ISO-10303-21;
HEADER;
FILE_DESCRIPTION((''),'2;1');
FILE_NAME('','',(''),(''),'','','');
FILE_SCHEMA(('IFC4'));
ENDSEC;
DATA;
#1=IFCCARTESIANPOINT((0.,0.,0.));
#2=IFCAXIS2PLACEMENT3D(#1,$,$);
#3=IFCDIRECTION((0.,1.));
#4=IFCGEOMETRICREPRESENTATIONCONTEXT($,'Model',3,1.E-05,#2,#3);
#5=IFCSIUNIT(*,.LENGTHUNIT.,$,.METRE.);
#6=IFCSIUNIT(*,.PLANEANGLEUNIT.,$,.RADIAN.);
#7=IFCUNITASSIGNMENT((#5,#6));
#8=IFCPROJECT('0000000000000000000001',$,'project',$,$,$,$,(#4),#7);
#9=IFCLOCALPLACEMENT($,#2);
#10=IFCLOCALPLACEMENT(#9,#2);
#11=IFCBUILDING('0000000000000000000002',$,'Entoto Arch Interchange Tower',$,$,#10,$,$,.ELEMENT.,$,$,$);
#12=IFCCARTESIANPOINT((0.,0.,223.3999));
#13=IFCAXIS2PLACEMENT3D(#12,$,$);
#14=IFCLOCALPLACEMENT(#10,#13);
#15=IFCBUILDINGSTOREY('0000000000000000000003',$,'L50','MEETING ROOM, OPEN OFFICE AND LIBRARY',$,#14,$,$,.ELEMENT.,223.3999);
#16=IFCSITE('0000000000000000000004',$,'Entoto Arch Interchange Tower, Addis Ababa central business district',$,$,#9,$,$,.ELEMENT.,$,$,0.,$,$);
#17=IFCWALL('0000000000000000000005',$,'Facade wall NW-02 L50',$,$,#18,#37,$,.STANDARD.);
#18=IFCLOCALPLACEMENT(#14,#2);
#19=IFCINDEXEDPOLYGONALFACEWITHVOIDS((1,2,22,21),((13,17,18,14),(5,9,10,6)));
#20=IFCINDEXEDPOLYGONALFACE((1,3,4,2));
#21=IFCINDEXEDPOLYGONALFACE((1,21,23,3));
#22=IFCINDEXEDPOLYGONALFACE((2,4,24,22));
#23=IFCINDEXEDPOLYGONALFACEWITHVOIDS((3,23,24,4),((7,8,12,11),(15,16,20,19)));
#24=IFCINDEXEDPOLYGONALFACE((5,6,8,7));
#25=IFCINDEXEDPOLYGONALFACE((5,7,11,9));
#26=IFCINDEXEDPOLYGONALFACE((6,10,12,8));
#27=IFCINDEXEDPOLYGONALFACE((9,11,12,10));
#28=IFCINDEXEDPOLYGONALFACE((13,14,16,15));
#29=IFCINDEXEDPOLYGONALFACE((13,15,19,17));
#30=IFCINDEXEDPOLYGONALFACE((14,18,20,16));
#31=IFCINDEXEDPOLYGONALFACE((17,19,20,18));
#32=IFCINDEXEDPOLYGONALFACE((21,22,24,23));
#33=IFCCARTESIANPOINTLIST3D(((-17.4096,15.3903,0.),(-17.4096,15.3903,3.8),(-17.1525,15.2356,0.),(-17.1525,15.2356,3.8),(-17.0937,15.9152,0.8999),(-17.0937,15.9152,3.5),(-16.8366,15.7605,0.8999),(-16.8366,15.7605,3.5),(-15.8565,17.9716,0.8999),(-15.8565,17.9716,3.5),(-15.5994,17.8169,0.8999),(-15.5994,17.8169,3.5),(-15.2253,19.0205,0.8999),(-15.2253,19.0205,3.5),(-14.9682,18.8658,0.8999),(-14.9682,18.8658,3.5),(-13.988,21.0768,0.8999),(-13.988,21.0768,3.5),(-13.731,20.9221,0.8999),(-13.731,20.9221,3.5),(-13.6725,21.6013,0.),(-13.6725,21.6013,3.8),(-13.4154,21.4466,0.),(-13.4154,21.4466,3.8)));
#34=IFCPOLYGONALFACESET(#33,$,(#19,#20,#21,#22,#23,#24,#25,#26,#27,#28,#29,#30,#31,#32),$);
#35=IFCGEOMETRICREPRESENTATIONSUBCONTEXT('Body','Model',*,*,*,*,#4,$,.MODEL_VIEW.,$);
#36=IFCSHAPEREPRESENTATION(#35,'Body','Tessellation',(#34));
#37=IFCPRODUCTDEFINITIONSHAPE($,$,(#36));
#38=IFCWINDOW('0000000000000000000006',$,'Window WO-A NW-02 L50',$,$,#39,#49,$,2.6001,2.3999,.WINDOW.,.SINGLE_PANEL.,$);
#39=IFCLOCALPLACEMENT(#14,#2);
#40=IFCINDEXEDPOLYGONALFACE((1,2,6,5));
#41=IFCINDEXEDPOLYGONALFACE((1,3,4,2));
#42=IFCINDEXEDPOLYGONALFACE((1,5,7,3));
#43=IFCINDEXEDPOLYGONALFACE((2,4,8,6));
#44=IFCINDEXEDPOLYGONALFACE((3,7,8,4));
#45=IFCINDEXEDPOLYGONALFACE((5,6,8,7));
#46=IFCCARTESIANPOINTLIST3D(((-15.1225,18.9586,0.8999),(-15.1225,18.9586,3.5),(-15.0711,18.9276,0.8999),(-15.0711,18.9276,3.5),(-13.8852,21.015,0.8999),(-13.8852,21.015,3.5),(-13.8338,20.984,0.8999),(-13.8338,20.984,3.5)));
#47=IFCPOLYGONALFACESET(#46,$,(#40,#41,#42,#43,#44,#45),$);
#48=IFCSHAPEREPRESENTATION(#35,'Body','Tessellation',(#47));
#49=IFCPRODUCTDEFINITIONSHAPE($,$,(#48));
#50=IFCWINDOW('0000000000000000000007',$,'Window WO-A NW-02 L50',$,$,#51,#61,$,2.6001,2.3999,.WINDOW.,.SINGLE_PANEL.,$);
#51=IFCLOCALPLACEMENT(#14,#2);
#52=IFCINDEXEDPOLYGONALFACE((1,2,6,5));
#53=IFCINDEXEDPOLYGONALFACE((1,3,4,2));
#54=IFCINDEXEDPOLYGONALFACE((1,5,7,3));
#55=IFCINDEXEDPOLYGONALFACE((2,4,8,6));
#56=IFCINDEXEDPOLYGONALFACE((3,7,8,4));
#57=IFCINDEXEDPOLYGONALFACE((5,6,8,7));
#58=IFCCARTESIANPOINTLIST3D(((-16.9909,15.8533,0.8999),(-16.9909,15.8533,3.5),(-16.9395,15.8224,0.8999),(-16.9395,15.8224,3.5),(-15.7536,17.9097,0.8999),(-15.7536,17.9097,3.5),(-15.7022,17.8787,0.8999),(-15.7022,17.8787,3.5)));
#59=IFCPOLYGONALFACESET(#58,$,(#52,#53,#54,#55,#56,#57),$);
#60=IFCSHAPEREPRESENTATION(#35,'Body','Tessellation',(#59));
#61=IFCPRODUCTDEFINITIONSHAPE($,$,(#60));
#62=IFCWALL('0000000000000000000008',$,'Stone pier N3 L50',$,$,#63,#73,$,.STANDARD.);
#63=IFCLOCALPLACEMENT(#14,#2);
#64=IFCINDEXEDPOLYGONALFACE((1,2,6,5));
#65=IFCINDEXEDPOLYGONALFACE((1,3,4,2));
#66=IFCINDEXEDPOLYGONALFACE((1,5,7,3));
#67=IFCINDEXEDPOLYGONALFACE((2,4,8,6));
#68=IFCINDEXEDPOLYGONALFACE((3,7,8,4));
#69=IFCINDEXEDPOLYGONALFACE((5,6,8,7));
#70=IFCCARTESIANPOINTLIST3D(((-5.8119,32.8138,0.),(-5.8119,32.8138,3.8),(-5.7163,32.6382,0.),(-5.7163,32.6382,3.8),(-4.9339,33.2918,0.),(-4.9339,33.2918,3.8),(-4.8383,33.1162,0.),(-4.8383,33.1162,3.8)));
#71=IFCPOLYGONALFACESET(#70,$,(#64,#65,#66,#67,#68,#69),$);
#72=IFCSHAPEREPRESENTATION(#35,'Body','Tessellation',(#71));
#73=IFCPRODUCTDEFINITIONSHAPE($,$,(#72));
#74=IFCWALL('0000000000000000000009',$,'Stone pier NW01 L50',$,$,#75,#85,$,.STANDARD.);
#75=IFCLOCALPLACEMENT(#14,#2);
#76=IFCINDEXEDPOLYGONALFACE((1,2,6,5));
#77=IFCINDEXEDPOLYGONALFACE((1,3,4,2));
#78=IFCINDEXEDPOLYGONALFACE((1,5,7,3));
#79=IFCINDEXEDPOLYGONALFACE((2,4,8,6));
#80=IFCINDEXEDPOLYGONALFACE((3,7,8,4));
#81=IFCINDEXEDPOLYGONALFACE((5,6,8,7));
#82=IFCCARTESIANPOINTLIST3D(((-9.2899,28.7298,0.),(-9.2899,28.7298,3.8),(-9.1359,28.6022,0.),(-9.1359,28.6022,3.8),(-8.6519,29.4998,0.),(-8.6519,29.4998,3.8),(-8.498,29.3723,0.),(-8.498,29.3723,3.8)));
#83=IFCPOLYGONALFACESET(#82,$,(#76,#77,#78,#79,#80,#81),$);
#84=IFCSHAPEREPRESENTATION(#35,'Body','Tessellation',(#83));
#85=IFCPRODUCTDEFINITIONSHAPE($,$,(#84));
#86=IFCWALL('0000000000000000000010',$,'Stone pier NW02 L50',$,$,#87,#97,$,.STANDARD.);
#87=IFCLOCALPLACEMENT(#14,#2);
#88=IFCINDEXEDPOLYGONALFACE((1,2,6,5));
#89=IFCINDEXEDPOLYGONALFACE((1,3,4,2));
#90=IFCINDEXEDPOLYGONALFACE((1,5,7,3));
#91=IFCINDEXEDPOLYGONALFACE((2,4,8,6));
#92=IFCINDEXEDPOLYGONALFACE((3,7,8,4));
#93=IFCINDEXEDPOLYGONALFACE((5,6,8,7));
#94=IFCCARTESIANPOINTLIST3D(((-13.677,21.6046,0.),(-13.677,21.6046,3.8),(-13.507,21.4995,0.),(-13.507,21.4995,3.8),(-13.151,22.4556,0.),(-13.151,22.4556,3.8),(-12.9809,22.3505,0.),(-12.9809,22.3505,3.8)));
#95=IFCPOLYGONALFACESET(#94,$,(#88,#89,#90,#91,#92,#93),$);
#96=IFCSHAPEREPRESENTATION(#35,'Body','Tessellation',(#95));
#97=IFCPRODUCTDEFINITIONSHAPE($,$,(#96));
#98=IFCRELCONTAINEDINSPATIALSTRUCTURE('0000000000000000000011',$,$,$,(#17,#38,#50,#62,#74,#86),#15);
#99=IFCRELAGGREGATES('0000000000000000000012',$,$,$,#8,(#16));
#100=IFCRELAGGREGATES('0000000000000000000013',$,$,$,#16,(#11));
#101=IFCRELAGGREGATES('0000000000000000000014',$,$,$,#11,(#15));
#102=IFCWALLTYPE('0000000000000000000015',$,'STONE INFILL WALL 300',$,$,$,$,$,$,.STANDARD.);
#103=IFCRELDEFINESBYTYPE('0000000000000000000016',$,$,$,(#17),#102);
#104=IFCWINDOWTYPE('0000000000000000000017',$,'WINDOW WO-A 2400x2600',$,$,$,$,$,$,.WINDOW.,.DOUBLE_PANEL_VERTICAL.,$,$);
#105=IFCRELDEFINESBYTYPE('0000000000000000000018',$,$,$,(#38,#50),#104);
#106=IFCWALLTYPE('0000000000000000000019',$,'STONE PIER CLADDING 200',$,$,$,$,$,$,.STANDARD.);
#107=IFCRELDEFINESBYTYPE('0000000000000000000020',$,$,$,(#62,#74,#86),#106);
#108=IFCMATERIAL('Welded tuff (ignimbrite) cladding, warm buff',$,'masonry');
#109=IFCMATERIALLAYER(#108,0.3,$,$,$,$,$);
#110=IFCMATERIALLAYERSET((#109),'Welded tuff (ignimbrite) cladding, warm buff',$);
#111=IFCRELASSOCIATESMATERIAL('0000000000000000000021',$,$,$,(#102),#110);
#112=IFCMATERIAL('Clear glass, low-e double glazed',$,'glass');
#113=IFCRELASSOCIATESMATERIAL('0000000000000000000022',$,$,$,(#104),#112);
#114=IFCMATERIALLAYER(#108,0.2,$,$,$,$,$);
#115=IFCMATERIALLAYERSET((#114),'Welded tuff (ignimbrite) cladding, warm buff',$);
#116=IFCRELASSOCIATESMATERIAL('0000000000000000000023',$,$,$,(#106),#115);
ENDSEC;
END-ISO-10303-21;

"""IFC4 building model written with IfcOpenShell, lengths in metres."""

from ifc_helpers import new_model, si_unit, direction, frame, frame_2d, origin, place, context, subcontext, project, spatial, rectangle, extrude, material, layer, layer_set, type_object, element, fill, save


model = new_model("IFC4")

# Units and contexts
model_context = context("Model", 3, precision=1e-05, world=origin(), true_north=direction((0.0, 1.0)))
body_context = subcontext(model_context, "Body", "Model", "MODEL_VIEW")
ifc_project = project(units=[si_unit("LENGTHUNIT", "METRE"), si_unit("PLANEANGLEUNIT", "RADIAN")], contexts=[model_context])

# Site, building, storey
site_placement = place(None, origin())
site = spatial("IfcSite", under=ifc_project, at=site_placement, Name="Entoto Arch Interchange Tower, Addis Ababa central business district", CompositionType="ELEMENT", RefElevation=0.0)
building_placement = place(site_placement, origin())
building = spatial("IfcBuilding", under=site, at=building_placement, Name="Entoto Arch Interchange Tower", CompositionType="ELEMENT")
storey_placement = place(building_placement, frame((0.0, 0.0, 223.3999)))
storey = spatial("IfcBuildingStorey", under=building, at=storey_placement, Name="L50", Description="MEETING ROOM, OPEN OFFICE AND LIBRARY", CompositionType="ELEMENT", Elevation=223.3999)

# Shared definitions
ifc_material_1 = material(Name="Welded tuff (ignimbrite) cladding, warm buff", Category="masonry")
ifc_layer_1 = layer(ifc_material_1, 0.3)
ifc_layer_set_1 = layer_set([ifc_layer_1], Name="Welded tuff (ignimbrite) cladding, warm buff")
wall_type_1 = type_object("IfcWallType", Name="STONE INFILL WALL 300", PredefinedType="STANDARD", material=ifc_layer_set_1)
ifc_material_2 = material(Name="Clear glass, low-e double glazed", Category="glass")

# Wall, openings, windows
window_type_1 = type_object("IfcWindowType", Name="WINDOW WO-A 2400x2600", PartitioningType="DOUBLE_PANEL_VERTICAL", PredefinedType="WINDOW", material=ifc_material_2)
wall_1_placement = place(storey_placement, frame((-13.5439, 21.5239, 0.0), z_axis=(0.0, 0.0, 1.0), x_axis=(-0.51556, -0.856853, 0.0)))
wall_1 = element("IfcWall", 1, at=wall_1_placement, inside=storey, type_object=wall_type_1, Name="Facade wall NW-02 L50", PredefinedType="STANDARD", context=body_context, shape_type="SweptSolid", body=[
    extrude(rectangle(XDim=7.2485, YDim=0.3, at=frame_2d((3.6243, 0.0))), origin(), (0.0, 0.0, 1.0), 3.8),
])
opening_1_placement = place(wall_1_placement, frame((0.6121, 0.0, 0.8999)))
opening_1 = element("IfcOpeningElement", 2, at=opening_1_placement, cuts=wall_1, PredefinedType="OPENING", context=body_context, shape_type="SweptSolid", body=[
    extrude(rectangle(XDim=2.3999, YDim=2.6001, at=frame_2d((1.2, 1.3))), frame((0.0, 0.1602, 0.0), z_axis=(0.0, -1.0, 0.0), x_axis=(1.0, 0.0, 0.0)), (0.0, 0.0, 1.0), 0.3201),
])
opening_2_placement = place(wall_1_placement, frame((4.2361, 0.0, 0.8999)))
opening_2 = element("IfcOpeningElement", 3, at=opening_2_placement, cuts=wall_1, PredefinedType="OPENING", context=body_context, shape_type="SweptSolid", body=[
    extrude(rectangle(XDim=2.3999, YDim=2.6001, at=frame_2d((1.2, 1.3))), frame((0.0, 0.1602, 0.0), z_axis=(0.0, -1.0, 0.0), x_axis=(1.0, 0.0, 0.0)), (0.0, 0.0, 1.0), 0.3201),
])
window_1_placement = place(opening_1_placement, origin())
window_1 = element("IfcWindow", 4, at=window_1_placement, inside=storey, type_object=window_type_1, Name="Window WO-A NW-02 L50", OverallHeight=2.6001, OverallWidth=2.3999, PartitioningType="SINGLE_PANEL", PredefinedType="WINDOW", context=body_context, shape_type="SweptSolid", body=[
    extrude(rectangle(XDim=2.3999, YDim=2.6001, at=frame_2d((1.2, 1.3))), frame((0.0, 0.03, 0.0), z_axis=(0.0, -1.0, 0.0), x_axis=(1.0, 0.0, 0.0)), (0.0, 0.0, 1.0), 0.0601),
])
fill(opening_1, window_1)
window_2_placement = place(opening_2_placement, origin())
window_2 = element("IfcWindow", 5, at=window_2_placement, inside=storey, type_object=window_type_1, Name="Window WO-A NW-02 L50", OverallHeight=2.6001, OverallWidth=2.3999, PartitioningType="SINGLE_PANEL", PredefinedType="WINDOW", context=body_context, shape_type="SweptSolid", body=[
    extrude(rectangle(XDim=2.3999, YDim=2.6001, at=frame_2d((1.2, 1.3))), frame((0.0, 0.03, 0.0), z_axis=(0.0, -1.0, 0.0), x_axis=(1.0, 0.0, 0.0)), (0.0, 0.0, 1.0), 0.0601),
])
fill(opening_2, window_2)

# Walls
ifc_layer_2 = layer(ifc_material_1, 0.2)
ifc_layer_set_2 = layer_set([ifc_layer_2], Name="Welded tuff (ignimbrite) cladding, warm buff")
wall_type_2 = type_object("IfcWallType", Name="STONE PIER CLADDING 200", PredefinedType="STANDARD", material=ifc_layer_set_2)
wall_2_placement = place(storey_placement, frame((-4.886, 33.2041, 0.0), z_axis=(0.0, 0.0, 1.0), x_axis=(-0.87825, -0.478202, 0.0)))
element("IfcWall", 6, at=wall_2_placement, inside=storey, type_object=wall_type_2, Name="Stone pier N3 L50", PredefinedType="STANDARD", context=body_context, shape_type="SweptSolid", body=[
    extrude(rectangle(XDim=0.9998, YDim=0.2, at=frame_2d((0.5, 0.0))), origin(), (0.0, 0.0, 1.0), 3.8),
])
wall_3_placement = place(storey_placement, frame((-8.575, 29.436, 0.0), z_axis=(0.0, 0.0, 1.0), x_axis=(-0.637972, -0.770059, 0.0)))
element("IfcWall", 7, at=wall_3_placement, inside=storey, type_object=wall_type_2, Name="Stone pier NW01 L50", PredefinedType="STANDARD", context=body_context, shape_type="SweptSolid", body=[
    extrude(rectangle(XDim=1.0, YDim=0.2, at=frame_2d((0.5, 0.0))), origin(), (0.0, 0.0, 1.0), 3.8),
])
wall_4_placement = place(storey_placement, frame((-13.0659, 22.4031, 0.0), z_axis=(0.0, 0.0, 1.0), x_axis=(-0.525825, -0.850593, 0.0)))
element("IfcWall", 8, at=wall_4_placement, inside=storey, type_object=wall_type_2, Name="Stone pier NW02 L50", PredefinedType="STANDARD", context=body_context, shape_type="SweptSolid", body=[
    extrude(rectangle(XDim=1.0005, YDim=0.2, at=frame_2d((0.5002, 0.0))), origin(), (0.0, 0.0, 1.0), 3.8),
])

save(model, "model.ifc")
